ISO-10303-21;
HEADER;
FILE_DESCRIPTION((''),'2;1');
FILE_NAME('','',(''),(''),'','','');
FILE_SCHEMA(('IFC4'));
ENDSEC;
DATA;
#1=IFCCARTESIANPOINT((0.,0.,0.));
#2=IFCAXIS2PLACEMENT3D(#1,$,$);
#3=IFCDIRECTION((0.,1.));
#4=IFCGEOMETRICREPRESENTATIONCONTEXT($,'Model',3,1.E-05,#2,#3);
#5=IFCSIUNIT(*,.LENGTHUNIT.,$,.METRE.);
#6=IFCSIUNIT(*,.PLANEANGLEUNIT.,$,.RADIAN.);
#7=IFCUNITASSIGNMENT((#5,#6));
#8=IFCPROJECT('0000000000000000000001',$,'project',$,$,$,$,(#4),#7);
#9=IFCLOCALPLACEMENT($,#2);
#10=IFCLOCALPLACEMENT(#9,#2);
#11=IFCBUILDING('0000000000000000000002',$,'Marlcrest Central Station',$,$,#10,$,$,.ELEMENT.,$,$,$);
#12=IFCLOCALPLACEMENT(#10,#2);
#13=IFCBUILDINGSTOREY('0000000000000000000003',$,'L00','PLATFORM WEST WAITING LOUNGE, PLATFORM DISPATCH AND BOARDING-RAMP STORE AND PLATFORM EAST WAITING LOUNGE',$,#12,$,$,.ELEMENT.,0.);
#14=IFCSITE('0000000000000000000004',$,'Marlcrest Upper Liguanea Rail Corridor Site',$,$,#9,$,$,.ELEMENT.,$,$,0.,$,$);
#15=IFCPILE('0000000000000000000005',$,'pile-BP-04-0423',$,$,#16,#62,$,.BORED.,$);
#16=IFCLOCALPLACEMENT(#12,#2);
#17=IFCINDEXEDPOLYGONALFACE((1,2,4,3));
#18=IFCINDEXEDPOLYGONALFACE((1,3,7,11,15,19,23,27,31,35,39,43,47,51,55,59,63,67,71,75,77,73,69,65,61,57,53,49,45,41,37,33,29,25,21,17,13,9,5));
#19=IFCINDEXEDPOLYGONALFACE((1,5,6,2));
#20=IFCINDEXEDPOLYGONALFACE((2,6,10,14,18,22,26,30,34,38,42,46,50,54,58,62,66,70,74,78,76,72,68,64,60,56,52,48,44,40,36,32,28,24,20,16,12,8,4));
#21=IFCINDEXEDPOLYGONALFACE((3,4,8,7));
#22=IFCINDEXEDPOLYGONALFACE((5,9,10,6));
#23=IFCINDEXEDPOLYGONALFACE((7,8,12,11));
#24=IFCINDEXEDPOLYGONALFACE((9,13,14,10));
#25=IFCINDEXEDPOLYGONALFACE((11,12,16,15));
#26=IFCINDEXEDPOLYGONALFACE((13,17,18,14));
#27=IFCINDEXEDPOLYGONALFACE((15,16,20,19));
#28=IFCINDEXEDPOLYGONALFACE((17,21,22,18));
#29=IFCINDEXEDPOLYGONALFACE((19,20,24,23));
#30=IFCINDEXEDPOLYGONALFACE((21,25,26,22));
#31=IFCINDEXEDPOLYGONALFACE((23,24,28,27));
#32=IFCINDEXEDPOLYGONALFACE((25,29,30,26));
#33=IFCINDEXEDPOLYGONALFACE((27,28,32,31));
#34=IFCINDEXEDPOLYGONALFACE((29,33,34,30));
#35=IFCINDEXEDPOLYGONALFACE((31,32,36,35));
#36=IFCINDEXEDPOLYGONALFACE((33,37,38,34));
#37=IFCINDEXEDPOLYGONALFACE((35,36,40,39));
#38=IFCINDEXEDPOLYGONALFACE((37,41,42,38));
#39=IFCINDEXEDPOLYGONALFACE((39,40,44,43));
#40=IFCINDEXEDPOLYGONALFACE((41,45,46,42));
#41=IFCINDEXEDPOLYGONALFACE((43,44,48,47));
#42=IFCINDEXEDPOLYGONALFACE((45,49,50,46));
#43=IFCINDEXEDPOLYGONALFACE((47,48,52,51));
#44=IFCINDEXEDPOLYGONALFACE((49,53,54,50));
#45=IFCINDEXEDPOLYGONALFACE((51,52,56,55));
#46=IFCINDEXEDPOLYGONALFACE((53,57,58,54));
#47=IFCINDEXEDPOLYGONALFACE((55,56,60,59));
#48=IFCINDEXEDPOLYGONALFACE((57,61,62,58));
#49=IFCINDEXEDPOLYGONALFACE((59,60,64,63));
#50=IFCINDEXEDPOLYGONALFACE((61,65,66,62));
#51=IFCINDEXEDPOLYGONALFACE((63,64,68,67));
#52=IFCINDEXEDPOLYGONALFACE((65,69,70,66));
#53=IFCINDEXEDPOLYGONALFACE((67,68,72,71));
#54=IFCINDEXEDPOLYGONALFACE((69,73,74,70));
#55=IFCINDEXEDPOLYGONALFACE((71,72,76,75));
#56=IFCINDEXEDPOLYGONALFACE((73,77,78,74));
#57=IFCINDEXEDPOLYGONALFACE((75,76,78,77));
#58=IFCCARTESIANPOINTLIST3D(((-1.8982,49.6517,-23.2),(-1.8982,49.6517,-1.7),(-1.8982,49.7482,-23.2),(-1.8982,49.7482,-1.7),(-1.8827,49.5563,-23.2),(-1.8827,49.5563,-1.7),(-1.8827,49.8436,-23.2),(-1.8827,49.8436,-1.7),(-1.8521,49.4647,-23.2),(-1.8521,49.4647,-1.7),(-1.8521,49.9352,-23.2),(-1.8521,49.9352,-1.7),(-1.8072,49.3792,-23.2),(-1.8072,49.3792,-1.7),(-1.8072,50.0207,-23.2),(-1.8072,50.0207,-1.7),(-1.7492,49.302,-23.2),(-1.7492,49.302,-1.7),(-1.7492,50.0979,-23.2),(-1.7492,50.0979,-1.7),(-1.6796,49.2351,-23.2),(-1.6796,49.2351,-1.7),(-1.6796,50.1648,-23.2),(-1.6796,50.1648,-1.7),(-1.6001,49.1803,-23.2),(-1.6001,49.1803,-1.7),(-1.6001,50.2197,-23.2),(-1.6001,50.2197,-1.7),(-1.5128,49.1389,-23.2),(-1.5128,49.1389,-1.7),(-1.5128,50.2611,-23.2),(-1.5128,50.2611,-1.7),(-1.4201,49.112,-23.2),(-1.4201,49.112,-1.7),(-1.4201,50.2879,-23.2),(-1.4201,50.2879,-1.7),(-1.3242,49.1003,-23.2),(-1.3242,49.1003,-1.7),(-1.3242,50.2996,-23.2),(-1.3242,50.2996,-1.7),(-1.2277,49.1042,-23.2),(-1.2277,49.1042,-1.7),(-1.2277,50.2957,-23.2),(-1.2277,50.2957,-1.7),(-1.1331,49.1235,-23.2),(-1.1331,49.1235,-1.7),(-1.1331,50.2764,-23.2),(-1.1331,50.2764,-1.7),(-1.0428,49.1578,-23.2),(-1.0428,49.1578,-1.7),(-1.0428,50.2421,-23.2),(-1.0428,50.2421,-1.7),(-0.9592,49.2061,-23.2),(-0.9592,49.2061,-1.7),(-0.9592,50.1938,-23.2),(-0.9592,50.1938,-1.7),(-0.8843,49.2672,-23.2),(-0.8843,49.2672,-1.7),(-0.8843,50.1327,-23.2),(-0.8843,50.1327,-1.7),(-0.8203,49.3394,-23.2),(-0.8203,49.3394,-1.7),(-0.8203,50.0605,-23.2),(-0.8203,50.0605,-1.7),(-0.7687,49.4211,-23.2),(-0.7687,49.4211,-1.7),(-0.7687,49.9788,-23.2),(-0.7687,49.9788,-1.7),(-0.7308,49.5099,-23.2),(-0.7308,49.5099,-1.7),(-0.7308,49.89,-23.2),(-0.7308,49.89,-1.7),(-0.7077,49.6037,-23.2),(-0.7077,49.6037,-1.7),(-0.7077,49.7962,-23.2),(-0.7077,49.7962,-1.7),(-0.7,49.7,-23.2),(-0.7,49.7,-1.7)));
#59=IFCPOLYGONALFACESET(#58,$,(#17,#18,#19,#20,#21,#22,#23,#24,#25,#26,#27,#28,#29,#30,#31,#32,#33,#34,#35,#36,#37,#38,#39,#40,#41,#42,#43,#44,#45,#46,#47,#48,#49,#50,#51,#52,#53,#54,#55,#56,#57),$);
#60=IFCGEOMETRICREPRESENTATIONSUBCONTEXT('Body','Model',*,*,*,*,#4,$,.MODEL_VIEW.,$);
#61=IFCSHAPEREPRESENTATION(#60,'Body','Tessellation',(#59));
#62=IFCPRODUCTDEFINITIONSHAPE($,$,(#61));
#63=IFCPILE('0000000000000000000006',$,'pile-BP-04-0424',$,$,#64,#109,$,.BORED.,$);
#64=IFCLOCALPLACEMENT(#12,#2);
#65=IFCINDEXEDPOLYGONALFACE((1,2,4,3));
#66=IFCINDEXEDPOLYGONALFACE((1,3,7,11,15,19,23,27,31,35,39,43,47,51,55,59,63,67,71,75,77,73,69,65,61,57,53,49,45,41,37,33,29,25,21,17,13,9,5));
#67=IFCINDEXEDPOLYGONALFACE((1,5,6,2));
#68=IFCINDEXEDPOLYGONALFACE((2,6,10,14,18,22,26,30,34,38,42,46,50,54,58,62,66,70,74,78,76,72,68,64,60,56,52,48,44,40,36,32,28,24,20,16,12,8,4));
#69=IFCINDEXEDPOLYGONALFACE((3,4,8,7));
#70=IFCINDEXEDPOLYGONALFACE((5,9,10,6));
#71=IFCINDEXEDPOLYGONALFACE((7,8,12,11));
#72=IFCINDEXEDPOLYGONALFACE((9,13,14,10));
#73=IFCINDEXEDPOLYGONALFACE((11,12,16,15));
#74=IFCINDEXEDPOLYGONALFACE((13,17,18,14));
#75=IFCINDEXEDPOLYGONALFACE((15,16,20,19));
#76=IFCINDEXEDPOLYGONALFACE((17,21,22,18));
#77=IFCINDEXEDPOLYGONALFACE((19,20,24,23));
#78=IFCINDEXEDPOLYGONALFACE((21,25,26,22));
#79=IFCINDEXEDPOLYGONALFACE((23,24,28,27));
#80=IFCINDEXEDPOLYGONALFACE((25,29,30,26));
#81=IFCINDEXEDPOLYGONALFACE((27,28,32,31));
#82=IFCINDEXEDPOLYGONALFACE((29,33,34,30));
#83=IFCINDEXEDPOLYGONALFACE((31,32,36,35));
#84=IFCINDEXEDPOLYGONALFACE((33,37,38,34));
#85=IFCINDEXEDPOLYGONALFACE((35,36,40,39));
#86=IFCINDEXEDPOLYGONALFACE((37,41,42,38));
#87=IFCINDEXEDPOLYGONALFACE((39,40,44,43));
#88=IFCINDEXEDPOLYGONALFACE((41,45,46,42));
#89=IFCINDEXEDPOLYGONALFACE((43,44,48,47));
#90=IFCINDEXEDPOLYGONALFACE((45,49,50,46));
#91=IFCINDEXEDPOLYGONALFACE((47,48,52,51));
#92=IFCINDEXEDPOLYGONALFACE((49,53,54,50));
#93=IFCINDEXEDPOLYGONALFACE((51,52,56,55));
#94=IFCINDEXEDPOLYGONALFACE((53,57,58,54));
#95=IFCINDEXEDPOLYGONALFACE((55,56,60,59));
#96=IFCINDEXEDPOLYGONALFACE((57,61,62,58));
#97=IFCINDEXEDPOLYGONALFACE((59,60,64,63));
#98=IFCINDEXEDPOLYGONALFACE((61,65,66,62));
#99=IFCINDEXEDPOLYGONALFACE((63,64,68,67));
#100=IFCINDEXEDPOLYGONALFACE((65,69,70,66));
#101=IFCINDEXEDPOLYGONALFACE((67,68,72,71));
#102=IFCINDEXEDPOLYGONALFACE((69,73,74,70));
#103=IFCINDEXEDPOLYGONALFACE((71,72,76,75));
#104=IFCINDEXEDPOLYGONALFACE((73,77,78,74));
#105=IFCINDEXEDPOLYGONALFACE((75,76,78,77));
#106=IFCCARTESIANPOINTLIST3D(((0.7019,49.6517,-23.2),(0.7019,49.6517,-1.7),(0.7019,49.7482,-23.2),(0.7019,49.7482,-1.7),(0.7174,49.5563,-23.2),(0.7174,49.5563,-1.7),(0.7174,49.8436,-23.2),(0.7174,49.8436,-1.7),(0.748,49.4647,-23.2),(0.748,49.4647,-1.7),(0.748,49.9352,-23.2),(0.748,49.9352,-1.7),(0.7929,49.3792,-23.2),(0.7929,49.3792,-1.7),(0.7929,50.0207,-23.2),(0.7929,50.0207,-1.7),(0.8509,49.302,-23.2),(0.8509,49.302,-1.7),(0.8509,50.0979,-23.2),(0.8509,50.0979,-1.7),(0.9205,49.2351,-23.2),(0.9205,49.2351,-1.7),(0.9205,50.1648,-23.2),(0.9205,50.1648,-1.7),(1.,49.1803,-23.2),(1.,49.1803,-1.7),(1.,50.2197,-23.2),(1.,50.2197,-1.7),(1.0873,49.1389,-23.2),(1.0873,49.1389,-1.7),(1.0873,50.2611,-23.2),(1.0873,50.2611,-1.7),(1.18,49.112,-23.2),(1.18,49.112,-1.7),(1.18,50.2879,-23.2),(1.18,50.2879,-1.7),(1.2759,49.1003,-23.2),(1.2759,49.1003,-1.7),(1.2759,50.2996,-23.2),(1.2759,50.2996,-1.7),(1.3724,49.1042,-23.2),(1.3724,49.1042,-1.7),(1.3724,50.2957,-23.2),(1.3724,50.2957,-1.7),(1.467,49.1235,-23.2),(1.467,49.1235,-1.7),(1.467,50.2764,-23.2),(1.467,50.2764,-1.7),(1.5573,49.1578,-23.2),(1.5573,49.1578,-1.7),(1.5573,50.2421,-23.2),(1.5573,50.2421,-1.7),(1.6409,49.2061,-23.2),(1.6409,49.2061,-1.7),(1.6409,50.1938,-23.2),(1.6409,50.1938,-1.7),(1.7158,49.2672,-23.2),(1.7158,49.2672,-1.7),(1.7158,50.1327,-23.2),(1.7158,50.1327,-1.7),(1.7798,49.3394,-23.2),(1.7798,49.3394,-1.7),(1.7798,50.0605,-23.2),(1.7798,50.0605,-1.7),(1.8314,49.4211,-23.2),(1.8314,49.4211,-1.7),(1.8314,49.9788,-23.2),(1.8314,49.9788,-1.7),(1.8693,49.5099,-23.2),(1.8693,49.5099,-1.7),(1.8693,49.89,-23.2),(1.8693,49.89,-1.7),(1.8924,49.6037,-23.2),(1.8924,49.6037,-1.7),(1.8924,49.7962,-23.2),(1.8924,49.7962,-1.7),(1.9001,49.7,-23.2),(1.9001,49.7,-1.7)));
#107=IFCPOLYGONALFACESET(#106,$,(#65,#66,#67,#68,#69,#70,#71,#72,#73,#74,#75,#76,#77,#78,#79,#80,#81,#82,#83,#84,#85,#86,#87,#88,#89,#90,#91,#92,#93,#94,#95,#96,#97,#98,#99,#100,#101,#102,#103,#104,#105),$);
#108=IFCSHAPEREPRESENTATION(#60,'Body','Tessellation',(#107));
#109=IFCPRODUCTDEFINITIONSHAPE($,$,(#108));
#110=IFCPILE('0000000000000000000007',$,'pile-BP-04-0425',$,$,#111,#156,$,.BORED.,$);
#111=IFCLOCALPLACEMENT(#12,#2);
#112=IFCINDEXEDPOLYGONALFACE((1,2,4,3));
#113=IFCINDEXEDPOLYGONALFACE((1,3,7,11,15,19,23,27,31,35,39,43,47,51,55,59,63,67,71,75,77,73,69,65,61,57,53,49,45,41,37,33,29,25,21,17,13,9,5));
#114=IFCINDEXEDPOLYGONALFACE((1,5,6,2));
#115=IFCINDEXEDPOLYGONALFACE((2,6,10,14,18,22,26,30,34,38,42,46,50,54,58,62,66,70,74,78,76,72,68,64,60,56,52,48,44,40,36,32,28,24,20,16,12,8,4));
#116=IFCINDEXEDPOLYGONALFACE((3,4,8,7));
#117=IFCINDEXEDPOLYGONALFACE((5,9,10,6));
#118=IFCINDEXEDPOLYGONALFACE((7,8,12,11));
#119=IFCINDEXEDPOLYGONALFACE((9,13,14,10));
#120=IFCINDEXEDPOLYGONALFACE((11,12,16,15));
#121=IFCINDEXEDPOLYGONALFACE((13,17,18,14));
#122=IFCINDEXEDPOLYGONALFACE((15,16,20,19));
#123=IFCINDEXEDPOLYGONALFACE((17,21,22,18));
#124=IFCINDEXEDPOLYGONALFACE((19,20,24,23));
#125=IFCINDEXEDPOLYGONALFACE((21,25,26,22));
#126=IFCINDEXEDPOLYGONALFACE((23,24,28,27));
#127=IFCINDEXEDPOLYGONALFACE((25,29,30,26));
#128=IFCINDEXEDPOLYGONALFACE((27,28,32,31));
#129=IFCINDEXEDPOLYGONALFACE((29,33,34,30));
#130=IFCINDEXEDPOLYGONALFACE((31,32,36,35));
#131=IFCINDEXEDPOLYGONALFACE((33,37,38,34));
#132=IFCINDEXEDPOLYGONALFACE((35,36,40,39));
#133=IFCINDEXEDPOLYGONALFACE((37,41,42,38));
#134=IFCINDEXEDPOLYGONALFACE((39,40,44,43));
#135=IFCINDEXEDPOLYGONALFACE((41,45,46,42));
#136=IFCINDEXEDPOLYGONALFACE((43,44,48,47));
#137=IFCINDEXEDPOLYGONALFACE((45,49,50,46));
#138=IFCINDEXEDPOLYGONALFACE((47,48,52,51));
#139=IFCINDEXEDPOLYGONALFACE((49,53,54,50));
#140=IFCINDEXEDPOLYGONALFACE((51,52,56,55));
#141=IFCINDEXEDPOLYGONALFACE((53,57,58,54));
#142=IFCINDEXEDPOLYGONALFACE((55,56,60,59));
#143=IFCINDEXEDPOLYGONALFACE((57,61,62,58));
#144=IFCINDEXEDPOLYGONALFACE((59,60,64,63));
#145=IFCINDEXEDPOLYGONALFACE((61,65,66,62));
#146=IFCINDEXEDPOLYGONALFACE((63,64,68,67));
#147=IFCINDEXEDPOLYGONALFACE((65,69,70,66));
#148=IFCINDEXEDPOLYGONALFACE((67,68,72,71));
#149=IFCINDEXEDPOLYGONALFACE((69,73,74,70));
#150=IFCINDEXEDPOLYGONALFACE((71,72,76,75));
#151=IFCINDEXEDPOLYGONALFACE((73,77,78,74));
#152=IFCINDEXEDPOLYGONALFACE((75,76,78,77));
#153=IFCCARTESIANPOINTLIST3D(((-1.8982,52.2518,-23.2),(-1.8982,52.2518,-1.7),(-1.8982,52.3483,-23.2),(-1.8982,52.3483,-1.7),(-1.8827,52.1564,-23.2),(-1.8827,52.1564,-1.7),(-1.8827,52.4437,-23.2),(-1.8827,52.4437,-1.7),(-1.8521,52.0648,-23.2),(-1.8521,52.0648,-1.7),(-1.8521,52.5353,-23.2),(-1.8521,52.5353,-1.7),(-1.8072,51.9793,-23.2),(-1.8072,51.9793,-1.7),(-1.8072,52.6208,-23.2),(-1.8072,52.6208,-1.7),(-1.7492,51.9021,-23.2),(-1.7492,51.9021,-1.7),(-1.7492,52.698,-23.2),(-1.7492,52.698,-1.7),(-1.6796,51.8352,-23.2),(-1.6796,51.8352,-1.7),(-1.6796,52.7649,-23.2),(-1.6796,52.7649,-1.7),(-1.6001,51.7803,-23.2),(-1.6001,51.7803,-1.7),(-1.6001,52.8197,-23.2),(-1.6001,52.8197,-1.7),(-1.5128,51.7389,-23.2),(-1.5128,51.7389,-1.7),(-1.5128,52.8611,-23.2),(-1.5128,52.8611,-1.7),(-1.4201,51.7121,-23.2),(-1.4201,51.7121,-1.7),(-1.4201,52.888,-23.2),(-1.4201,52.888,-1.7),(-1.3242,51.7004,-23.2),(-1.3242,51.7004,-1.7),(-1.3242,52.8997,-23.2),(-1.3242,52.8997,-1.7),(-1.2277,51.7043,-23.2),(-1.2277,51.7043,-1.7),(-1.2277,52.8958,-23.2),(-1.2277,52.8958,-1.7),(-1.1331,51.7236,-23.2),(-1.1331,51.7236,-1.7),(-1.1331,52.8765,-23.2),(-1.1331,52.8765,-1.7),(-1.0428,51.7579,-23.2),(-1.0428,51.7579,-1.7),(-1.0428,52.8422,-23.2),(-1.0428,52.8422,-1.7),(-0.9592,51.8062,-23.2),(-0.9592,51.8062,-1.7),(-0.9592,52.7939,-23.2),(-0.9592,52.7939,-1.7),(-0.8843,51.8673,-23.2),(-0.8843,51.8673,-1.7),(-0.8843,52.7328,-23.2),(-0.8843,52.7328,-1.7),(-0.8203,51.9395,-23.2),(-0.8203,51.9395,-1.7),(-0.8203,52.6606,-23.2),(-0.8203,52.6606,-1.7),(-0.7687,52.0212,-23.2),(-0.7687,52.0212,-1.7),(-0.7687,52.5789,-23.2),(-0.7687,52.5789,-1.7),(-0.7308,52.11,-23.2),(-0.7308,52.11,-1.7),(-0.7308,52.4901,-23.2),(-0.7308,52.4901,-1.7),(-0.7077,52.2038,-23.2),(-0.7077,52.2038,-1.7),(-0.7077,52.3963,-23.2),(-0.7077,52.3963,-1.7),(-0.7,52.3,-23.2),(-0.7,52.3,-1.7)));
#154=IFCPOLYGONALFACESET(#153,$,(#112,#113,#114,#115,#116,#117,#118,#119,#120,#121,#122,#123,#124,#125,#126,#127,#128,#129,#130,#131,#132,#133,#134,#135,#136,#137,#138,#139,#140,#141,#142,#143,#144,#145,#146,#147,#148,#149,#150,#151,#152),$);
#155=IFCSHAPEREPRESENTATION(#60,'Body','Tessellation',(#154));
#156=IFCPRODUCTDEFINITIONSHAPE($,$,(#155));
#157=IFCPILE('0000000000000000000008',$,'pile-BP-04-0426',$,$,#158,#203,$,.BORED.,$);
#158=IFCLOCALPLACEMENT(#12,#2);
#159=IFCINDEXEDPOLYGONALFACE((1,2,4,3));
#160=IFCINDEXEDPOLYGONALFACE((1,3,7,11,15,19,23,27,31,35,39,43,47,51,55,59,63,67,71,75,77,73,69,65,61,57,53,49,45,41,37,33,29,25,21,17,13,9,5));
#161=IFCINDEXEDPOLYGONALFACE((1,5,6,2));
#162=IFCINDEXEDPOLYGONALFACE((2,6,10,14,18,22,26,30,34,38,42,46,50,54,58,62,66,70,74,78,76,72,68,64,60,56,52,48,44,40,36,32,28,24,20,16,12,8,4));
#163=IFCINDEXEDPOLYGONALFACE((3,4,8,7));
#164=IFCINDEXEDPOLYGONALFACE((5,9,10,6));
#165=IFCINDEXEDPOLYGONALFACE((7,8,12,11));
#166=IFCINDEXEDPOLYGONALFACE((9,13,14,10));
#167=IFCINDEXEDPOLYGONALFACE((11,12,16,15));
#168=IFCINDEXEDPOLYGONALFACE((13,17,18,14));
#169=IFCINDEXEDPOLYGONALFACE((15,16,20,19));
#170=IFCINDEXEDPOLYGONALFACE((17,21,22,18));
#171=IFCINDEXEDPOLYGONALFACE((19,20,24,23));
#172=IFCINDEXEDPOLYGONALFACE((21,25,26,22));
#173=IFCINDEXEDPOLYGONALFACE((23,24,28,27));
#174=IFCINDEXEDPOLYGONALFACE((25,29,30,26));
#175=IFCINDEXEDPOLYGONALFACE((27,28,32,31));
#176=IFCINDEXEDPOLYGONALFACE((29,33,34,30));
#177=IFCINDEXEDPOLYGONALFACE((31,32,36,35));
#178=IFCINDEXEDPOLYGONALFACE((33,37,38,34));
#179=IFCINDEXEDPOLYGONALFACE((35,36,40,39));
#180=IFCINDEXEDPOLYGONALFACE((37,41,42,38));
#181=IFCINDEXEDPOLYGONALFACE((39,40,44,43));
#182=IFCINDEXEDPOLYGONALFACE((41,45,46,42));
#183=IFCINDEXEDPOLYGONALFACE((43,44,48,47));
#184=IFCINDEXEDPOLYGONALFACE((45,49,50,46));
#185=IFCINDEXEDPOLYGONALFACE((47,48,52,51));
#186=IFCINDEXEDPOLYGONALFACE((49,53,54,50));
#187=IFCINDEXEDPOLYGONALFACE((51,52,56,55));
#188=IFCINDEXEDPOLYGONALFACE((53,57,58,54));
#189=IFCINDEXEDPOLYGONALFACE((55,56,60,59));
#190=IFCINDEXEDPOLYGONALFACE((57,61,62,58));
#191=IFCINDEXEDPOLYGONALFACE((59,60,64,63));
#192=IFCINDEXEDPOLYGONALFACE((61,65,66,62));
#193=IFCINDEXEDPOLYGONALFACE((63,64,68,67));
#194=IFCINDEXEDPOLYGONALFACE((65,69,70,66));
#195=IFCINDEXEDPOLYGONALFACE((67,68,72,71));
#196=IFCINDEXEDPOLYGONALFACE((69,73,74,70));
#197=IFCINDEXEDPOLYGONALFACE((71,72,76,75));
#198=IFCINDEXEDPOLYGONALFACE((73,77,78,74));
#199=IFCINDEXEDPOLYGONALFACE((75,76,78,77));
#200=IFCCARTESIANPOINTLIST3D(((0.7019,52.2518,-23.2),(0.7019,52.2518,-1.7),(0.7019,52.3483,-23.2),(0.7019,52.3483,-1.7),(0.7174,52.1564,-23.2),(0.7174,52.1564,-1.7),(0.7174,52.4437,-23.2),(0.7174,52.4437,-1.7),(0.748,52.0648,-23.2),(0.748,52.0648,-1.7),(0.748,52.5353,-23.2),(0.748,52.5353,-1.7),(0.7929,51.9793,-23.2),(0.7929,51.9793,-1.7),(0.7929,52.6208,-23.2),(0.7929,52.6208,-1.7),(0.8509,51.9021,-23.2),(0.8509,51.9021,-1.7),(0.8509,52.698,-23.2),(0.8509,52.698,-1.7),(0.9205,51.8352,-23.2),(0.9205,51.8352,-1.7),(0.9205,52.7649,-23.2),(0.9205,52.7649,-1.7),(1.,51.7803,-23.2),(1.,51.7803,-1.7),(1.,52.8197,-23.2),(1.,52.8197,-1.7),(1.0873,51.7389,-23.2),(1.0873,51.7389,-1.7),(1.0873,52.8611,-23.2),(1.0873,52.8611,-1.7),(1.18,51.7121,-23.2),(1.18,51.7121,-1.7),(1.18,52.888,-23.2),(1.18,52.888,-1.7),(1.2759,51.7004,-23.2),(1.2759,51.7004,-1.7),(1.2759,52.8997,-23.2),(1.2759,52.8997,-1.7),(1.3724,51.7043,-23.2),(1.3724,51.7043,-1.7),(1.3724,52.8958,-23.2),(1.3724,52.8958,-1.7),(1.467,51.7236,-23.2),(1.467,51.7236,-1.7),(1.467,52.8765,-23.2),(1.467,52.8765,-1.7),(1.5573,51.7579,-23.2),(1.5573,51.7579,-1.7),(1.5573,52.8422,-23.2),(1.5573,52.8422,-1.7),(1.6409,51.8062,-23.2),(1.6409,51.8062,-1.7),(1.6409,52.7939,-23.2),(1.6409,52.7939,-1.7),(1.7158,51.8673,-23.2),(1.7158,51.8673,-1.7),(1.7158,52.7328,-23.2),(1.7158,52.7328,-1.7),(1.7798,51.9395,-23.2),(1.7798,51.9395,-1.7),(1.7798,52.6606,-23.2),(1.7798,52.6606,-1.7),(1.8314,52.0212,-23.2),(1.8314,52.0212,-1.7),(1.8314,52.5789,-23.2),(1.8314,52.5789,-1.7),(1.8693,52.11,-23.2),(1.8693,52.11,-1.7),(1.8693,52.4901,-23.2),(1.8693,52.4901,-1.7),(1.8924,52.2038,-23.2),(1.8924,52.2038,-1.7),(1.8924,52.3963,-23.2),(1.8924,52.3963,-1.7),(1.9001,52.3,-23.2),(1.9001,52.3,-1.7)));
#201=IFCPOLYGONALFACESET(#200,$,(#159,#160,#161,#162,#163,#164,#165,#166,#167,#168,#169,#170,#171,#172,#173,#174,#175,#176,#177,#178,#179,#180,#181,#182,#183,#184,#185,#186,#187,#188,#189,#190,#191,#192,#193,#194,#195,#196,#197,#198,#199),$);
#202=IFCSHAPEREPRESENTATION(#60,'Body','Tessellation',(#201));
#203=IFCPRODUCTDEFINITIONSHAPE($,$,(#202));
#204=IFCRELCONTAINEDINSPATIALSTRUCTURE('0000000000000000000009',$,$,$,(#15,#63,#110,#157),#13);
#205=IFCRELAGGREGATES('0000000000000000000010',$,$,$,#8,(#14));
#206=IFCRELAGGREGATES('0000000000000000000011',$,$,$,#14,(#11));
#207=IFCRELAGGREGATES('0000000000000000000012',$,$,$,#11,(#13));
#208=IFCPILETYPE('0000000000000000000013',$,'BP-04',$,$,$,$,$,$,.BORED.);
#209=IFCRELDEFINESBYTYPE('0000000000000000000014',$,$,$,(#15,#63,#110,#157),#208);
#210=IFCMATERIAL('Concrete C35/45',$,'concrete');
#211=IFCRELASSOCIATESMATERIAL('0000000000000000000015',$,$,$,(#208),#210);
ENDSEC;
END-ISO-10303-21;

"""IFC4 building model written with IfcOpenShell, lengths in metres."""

from ifc_helpers import new_model, si_unit, direction, frame, origin, origin_2d, place, context, subcontext, project, spatial, circle, extrude, material, material_profile, profile_set, type_object, element, save


model = new_model("IFC4")

# Units and contexts
model_context = context("Model", 3, precision=1e-05, world=origin(), true_north=direction((0.0, 1.0)))
body_context = subcontext(model_context, "Body", "Model", "MODEL_VIEW")
ifc_project = project(units=[si_unit("LENGTHUNIT", "METRE"), si_unit("PLANEANGLEUNIT", "RADIAN")], contexts=[model_context])

# Site, building, storey
site_placement = place(None, origin())
site = spatial("IfcSite", under=ifc_project, at=site_placement, Name="Marlcrest Upper Liguanea Rail Corridor Site", CompositionType="ELEMENT", RefElevation=0.0)
building_placement = place(site_placement, origin())
building = spatial("IfcBuilding", under=site, at=building_placement, Name="Marlcrest Central Station", CompositionType="ELEMENT")
storey_placement = place(building_placement, origin())
storey = spatial("IfcBuildingStorey", under=building, at=storey_placement, Name="L00", Description="PLATFORM WEST WAITING LOUNGE, PLATFORM DISPATCH AND BOARDING-RAMP STORE AND PLATFORM EAST WAITING LOUNGE", CompositionType="ELEMENT", Elevation=0.0)

# Piles
ifc_material_1 = material(Name="Concrete C35/45", Category="concrete")
ifc_material_profile_1 = material_profile(ifc_material_1, circle(Radius=0.6001, at=origin_2d()), Name="PILE D1200")
ifc_profile_set_1 = profile_set([ifc_material_profile_1], Name="Concrete C35/45")
pile_type = type_object("IfcPileType", Name="BP-04", PredefinedType="BORED", material=ifc_profile_set_1)
for number, where, z_axis, x_axis, name in (
    (1, (-1.3, 49.7, -1.7), (0.0, 0.0, -1.0), (1.0, 0.0, 0.0), "pile-BP-04-0423"),
    (2, (1.3, 49.7, -1.7), (0.0, 0.0, -1.0), (1.0, 0.0, 0.0), "pile-BP-04-0424"),
    (3, (-1.3, 52.3, -1.7), (0.0, 0.0, -1.0), (1.0, 0.0, 0.0), "pile-BP-04-0425"),
    (4, (1.3, 52.3, -1.7), (0.0, 0.0, -1.0), (1.0, 0.0, 0.0), "pile-BP-04-0426"),
):
    element("IfcPile", number, at=place(storey_placement, frame(where, z_axis=z_axis, x_axis=x_axis)), inside=storey, type_object=pile_type, Name=name, PredefinedType="BORED", context=body_context, shape_type="SweptSolid", body=[
        extrude(circle(Radius=0.6001, at=origin_2d()), origin(), (0.0, 0.0, 1.0), 21.5),
    ])

save(model, "model.ifc")
